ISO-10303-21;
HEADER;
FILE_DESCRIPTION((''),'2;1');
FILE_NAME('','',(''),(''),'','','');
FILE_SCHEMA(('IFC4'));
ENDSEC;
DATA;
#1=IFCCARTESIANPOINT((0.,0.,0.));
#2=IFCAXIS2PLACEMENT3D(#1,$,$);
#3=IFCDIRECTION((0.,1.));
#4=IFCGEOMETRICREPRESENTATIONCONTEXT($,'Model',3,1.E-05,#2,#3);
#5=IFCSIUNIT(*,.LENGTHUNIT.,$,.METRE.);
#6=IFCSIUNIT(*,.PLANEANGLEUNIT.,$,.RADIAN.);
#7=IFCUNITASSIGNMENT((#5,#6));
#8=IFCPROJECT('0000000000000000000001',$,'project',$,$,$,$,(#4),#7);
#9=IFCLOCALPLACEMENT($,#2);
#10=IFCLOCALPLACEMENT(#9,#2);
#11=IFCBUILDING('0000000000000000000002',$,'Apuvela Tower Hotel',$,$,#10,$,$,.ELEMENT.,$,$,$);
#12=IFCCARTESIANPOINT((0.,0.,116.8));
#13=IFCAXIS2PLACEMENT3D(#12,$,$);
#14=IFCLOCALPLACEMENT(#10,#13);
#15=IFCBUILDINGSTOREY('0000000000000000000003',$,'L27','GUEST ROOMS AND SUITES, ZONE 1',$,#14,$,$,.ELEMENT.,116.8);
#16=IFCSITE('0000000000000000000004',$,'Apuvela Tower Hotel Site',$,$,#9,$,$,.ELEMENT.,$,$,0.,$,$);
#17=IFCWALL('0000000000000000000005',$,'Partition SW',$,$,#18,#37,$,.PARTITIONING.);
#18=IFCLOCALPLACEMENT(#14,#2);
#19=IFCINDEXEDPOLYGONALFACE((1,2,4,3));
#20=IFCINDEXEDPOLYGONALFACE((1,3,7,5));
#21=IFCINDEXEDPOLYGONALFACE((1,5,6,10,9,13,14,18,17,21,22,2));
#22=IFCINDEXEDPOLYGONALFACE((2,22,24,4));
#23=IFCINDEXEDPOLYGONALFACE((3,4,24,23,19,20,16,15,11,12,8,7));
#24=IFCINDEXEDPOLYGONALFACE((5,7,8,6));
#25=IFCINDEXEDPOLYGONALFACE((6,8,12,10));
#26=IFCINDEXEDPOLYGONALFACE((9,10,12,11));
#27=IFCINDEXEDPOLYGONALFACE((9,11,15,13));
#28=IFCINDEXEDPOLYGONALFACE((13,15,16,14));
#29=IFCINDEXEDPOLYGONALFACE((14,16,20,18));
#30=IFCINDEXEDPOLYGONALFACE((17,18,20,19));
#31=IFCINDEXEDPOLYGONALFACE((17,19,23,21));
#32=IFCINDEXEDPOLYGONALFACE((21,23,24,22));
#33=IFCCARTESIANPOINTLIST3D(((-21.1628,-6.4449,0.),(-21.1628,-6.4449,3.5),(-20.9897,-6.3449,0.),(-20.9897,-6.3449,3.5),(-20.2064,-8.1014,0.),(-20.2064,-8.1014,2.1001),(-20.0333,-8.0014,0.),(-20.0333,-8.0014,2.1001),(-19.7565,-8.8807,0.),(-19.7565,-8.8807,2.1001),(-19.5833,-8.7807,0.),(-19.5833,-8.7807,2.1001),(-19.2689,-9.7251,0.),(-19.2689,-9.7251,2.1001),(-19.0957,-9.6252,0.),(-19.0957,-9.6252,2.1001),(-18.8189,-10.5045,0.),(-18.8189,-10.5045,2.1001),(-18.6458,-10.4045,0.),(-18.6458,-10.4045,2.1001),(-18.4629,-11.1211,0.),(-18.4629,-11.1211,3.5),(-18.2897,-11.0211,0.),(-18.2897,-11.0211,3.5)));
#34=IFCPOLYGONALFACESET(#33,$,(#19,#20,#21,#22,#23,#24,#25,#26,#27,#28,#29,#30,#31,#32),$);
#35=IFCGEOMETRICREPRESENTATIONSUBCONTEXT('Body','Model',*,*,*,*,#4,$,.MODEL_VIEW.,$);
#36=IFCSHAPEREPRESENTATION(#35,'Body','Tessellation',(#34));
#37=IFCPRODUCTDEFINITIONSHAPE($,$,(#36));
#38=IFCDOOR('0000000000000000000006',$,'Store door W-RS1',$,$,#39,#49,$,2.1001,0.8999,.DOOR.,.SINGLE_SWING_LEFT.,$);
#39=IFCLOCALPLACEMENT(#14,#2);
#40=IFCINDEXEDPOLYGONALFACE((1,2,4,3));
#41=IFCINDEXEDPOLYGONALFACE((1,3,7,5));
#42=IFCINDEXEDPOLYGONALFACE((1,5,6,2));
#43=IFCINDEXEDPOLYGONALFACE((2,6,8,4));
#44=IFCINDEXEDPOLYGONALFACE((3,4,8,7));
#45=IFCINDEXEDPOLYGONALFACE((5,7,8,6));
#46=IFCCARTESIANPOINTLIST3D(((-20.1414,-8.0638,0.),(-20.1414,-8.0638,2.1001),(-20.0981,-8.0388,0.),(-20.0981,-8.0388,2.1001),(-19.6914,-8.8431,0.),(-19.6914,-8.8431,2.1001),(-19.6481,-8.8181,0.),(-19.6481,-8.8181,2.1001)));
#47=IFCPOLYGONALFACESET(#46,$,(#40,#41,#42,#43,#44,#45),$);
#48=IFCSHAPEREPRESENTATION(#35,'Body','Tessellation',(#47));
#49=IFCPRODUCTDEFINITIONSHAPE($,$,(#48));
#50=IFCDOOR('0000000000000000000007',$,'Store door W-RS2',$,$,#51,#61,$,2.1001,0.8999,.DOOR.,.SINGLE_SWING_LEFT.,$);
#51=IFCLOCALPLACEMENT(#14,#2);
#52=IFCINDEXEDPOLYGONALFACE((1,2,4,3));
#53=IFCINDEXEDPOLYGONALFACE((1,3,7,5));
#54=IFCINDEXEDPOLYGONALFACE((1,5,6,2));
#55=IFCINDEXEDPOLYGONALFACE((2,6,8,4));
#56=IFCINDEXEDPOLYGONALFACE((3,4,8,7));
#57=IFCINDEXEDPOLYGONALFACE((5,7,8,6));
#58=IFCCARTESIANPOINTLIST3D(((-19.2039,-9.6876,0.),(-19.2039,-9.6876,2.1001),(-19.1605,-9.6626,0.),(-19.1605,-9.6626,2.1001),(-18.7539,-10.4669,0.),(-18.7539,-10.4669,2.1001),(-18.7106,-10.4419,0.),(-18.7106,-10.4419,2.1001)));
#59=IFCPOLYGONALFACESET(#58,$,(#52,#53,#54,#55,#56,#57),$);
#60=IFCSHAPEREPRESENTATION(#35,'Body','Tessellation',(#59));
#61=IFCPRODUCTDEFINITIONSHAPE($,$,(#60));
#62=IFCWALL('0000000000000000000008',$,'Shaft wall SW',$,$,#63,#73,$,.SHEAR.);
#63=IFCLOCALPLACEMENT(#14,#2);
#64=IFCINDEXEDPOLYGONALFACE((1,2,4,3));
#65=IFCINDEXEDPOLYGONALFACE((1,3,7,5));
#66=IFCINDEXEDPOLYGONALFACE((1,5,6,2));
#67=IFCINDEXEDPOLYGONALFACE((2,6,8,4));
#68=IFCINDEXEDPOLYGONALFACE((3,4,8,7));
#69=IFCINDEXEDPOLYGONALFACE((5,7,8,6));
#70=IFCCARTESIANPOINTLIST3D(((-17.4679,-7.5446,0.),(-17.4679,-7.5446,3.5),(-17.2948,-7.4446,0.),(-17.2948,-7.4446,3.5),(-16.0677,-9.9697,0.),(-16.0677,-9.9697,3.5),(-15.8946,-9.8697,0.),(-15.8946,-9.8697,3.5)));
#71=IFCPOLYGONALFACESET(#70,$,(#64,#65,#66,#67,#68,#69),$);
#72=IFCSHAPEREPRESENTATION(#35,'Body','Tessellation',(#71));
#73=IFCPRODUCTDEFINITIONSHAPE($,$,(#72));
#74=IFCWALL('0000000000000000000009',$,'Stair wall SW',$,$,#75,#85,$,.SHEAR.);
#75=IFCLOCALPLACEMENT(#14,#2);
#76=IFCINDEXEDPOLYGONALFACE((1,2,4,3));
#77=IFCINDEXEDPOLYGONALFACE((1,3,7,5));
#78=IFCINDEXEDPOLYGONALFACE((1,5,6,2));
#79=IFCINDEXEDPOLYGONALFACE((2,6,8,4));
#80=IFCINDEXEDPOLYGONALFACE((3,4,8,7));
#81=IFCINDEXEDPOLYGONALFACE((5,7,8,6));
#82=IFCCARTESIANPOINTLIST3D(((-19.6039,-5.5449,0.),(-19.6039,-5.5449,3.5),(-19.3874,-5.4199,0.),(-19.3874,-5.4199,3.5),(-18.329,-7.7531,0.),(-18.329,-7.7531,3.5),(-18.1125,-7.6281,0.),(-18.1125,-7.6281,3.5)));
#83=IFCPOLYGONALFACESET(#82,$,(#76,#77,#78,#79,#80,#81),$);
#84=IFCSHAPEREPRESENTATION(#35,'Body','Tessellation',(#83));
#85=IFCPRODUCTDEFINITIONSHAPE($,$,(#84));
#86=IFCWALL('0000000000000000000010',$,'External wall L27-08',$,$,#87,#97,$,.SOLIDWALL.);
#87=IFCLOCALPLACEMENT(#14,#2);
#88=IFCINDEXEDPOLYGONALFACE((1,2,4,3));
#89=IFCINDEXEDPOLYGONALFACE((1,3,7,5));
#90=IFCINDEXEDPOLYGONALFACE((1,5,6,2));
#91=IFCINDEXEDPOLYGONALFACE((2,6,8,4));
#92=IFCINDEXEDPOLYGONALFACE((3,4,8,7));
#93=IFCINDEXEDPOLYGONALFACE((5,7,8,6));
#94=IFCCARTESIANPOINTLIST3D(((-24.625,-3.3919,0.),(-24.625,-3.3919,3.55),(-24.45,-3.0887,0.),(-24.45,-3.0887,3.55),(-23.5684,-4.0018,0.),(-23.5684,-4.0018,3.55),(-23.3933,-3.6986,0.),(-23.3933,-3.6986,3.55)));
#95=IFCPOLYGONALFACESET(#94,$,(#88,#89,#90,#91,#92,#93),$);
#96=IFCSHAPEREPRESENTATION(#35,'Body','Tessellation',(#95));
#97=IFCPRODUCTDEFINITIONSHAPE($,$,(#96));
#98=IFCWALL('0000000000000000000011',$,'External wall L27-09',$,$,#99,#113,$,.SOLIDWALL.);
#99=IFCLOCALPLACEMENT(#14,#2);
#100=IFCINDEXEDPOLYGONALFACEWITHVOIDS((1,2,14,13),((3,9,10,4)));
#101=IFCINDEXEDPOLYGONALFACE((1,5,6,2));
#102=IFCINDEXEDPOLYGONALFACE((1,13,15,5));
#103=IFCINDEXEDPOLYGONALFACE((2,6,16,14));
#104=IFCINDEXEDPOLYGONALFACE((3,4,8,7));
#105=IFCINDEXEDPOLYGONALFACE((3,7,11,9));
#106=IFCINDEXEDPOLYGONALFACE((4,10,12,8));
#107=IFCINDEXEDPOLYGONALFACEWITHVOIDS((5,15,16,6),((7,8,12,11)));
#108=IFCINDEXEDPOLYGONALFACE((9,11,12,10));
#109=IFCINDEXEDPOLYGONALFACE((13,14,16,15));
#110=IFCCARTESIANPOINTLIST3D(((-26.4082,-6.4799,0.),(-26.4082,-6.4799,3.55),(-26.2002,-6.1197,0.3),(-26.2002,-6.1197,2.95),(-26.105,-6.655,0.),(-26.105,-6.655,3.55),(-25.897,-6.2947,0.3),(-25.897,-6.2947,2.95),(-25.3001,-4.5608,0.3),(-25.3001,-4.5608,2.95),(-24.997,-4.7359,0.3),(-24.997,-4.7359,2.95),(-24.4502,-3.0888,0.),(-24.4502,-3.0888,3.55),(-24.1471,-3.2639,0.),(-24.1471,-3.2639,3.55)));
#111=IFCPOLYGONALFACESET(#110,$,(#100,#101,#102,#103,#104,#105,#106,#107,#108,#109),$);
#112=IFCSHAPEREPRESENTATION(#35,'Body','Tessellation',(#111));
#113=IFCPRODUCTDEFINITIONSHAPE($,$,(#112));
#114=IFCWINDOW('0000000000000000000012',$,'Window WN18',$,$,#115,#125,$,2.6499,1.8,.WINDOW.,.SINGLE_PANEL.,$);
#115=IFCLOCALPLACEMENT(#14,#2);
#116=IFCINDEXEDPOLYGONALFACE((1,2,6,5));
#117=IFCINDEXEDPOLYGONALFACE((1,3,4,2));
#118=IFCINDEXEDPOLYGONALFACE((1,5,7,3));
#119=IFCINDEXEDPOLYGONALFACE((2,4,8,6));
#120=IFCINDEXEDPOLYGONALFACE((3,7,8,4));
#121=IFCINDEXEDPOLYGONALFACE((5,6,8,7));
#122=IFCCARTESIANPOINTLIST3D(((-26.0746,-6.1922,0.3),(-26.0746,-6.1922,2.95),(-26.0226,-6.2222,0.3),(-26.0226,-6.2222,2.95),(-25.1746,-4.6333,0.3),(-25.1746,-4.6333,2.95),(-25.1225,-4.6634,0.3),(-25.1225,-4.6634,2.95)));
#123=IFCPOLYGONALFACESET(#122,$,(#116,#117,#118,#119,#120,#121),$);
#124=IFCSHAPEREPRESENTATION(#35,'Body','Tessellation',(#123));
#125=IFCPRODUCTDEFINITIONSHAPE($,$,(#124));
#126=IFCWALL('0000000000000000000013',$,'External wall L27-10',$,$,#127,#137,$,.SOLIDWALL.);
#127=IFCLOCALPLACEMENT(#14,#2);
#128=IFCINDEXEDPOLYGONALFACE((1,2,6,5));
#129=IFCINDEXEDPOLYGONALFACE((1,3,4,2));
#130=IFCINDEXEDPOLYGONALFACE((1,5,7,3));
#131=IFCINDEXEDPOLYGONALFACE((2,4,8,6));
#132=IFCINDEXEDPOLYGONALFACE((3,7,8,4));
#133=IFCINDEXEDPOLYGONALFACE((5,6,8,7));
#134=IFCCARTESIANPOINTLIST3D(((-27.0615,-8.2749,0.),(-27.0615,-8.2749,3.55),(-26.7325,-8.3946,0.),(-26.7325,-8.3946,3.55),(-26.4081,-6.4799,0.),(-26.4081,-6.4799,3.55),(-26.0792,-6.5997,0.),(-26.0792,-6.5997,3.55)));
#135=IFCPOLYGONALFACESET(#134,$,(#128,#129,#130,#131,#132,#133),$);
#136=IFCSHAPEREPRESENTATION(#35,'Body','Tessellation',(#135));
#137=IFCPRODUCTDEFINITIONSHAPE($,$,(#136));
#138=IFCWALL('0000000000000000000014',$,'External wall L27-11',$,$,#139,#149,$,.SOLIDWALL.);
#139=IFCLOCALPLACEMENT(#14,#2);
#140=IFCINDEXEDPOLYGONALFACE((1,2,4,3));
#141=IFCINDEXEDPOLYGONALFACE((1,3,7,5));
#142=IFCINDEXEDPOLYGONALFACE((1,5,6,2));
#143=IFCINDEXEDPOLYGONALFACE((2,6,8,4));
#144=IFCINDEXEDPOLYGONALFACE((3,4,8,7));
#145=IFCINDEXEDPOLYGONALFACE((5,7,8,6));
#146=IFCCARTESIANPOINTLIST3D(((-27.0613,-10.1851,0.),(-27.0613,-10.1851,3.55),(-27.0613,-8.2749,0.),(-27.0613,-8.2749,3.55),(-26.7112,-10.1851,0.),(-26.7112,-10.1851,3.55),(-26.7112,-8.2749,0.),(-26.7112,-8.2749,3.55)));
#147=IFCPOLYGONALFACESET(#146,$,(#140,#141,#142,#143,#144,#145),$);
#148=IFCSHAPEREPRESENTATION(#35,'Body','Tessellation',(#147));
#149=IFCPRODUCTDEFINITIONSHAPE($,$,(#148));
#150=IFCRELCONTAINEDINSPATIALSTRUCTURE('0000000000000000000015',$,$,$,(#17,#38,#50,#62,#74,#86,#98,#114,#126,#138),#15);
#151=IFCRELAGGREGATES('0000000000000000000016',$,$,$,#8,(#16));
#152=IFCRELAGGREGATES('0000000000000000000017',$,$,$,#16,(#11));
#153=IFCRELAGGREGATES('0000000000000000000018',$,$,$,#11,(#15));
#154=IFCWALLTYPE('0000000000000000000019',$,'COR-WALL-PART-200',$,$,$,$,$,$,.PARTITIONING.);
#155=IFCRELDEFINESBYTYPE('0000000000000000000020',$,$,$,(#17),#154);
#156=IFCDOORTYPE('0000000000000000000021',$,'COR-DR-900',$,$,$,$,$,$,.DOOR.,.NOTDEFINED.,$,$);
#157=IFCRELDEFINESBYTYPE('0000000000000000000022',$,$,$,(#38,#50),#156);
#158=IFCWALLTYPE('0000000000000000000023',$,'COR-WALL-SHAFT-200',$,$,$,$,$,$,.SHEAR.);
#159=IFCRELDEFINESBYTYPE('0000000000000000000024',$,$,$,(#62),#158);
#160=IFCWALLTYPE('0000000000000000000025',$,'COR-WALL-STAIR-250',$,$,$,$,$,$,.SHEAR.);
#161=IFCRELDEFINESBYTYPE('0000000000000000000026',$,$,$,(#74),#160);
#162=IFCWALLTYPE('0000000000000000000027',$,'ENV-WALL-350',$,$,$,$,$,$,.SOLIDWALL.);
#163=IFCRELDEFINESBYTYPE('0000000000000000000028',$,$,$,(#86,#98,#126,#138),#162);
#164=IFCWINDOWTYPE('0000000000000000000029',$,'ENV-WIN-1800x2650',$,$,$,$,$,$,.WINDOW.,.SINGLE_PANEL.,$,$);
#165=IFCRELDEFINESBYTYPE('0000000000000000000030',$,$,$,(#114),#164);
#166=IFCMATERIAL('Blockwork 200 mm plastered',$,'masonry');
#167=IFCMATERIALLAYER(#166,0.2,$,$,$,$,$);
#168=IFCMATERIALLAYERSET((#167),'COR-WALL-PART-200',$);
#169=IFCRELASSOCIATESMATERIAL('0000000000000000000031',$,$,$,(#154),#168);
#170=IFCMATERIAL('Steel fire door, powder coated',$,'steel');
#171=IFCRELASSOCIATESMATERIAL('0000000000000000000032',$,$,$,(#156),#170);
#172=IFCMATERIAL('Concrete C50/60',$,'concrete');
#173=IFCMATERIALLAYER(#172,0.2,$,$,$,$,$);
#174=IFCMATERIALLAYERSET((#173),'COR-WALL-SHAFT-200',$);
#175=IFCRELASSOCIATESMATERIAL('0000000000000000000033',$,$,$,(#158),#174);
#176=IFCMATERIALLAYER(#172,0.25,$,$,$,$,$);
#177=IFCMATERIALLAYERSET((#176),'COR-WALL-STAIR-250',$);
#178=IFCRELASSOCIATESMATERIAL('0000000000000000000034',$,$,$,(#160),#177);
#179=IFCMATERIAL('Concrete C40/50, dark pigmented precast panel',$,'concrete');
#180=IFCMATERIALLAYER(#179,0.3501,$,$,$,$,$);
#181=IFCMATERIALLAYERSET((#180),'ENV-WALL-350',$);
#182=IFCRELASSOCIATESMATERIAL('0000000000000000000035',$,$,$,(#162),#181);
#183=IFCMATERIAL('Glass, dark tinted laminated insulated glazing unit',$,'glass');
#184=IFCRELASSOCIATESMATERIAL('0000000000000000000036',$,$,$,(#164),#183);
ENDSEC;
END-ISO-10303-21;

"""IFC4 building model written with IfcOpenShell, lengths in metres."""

from ifc_helpers import new_model, si_unit, direction, frame, frame_2d, origin, place, context, subcontext, project, spatial, rectangle, extrude, material, layer, layer_set, type_object, element, fill, save


model = new_model("IFC4")

# Units and contexts
model_context = context("Model", 3, precision=1e-05, world=origin(), true_north=direction((0.0, 1.0)))
body_context = subcontext(model_context, "Body", "Model", "MODEL_VIEW")
ifc_project = project(units=[si_unit("LENGTHUNIT", "METRE"), si_unit("PLANEANGLEUNIT", "RADIAN")], contexts=[model_context])

# Site, building, storey
site_placement = place(None, origin())
site = spatial("IfcSite", under=ifc_project, at=site_placement, Name="Apuvela Tower Hotel Site", CompositionType="ELEMENT", RefElevation=0.0)
building_placement = place(site_placement, origin())
building = spatial("IfcBuilding", under=site, at=building_placement, Name="Apuvela Tower Hotel", CompositionType="ELEMENT")
storey_placement = place(building_placement, frame((0.0, 0.0, 116.8)))
storey = spatial("IfcBuildingStorey", under=building, at=storey_placement, Name="L27", Description="GUEST ROOMS AND SUITES, ZONE 1", CompositionType="ELEMENT", Elevation=116.8)

# Wall, openings, doors
ifc_material_1 = material(Name="Blockwork 200 mm plastered", Category="masonry")
ifc_layer_1 = layer(ifc_material_1, 0.2)
ifc_layer_set_1 = layer_set([ifc_layer_1], Name="COR-WALL-PART-200")
wall_type_1 = type_object("IfcWallType", Name="COR-WALL-PART-200", PredefinedType="PARTITIONING", material=ifc_layer_set_1)
wall_1_placement = place(storey_placement, frame((-21.0762, -6.395, 0.0), z_axis=(0.0, 0.0, 1.0), x_axis=(0.500015, -0.866017, 0.0)))
wall_1 = element("IfcWall", 1, at=wall_1_placement, inside=storey, type_object=wall_type_1, Name="Partition SW", PredefinedType="PARTITIONING", context=body_context, shape_type="SweptSolid", body=[
    extrude(rectangle(XDim=5.3997, YDim=0.2, at=frame_2d((2.6997, 0.0))), origin(), (0.0, 0.0, 1.0), 3.5),
])
opening_1_placement = place(wall_1_placement, frame((1.9126, 0.0, 0.0)))
opening_1 = element("IfcOpeningElement", 2, at=opening_1_placement, cuts=wall_1, PredefinedType="OPENING", context=body_context, shape_type="SweptSolid", body=[
    extrude(rectangle(XDim=0.8999, YDim=2.1001, at=frame_2d((0.45, 1.05))), frame((0.0, 0.1099, 0.0), z_axis=(0.0, -1.0, 0.0), x_axis=(1.0, 0.0, 0.0)), (0.0, 0.0, 1.0), 0.22),
])
opening_2_placement = place(wall_1_placement, frame((3.7876, 0.0, 0.0)))
opening_2 = element("IfcOpeningElement", 3, at=opening_2_placement, cuts=wall_1, PredefinedType="OPENING", context=body_context, shape_type="SweptSolid", body=[
    extrude(rectangle(XDim=0.8999, YDim=2.1001, at=frame_2d((0.45, 1.05))), frame((0.0, 0.1099, 0.0), z_axis=(0.0, -1.0, 0.0), x_axis=(1.0, 0.0, 0.0)), (0.0, 0.0, 1.0), 0.22),
])
ifc_material_2 = material(Name="Steel fire door, powder coated", Category="steel")
door_type_1 = type_object("IfcDoorType", Name="COR-DR-900", OperationType="NOTDEFINED", PredefinedType="DOOR", material=ifc_material_2)
door_1_placement = place(opening_1_placement, frame((0.8999, 0.0, 0.0), z_axis=(0.0, 0.0, 1.0), x_axis=(-1.0, 0.0, 0.0)))
door_1 = element("IfcDoor", 4, at=door_1_placement, inside=storey, type_object=door_type_1, Name="Store door W-RS1", OperationType="SINGLE_SWING_LEFT", OverallHeight=2.1001, OverallWidth=0.8999, PredefinedType="DOOR", context=body_context, shape_type="SweptSolid", body=[
    extrude(rectangle(XDim=0.8999, YDim=2.1001, at=frame_2d((0.45, 1.05))), frame((0.0, 0.0249, 0.0), z_axis=(0.0, -1.0, 0.0), x_axis=(1.0, 0.0, 0.0)), (0.0, 0.0, 1.0), 0.05),
])
fill(opening_1, door_1)
door_2_placement = place(opening_2_placement, frame((0.8999, 0.0, 0.0), z_axis=(0.0, 0.0, 1.0), x_axis=(-1.0, 0.0, 0.0)))
door_2 = element("IfcDoor", 5, at=door_2_placement, inside=storey, type_object=door_type_1, Name="Store door W-RS2", OperationType="SINGLE_SWING_LEFT", OverallHeight=2.1001, OverallWidth=0.8999, PredefinedType="DOOR", context=body_context, shape_type="SweptSolid", body=[
    extrude(rectangle(XDim=0.8999, YDim=2.1001, at=frame_2d((0.45, 1.05))), frame((0.0, 0.0249, 0.0), z_axis=(0.0, -1.0, 0.0), x_axis=(1.0, 0.0, 0.0)), (0.0, 0.0, 1.0), 0.05),
])
fill(opening_2, door_2)

# Walls
ifc_material_3 = material(Name="Concrete C50/60", Category="concrete")
ifc_layer_2 = layer(ifc_material_3, 0.2)
ifc_layer_set_2 = layer_set([ifc_layer_2], Name="COR-WALL-SHAFT-200")
wall_type_2 = type_object("IfcWallType", Name="COR-WALL-SHAFT-200", PredefinedType="SHEAR", material=ifc_layer_set_2)
wall_2_placement = place(storey_placement, frame((-17.3813, -7.4946, 0.0), z_axis=(0.0, 0.0, 1.0), x_axis=(0.500012, -0.866019, 0.0)))
element("IfcWall", 6, at=wall_2_placement, inside=storey, type_object=wall_type_2, Name="Shaft wall SW", PredefinedType="SHEAR", context=body_context, shape_type="SweptSolid", body=[
    extrude(rectangle(XDim=2.8003, YDim=0.2, at=frame_2d((1.4001, 0.0))), origin(), (0.0, 0.0, 1.0), 3.5),
])
ifc_layer_3 = layer(ifc_material_3, 0.25)
ifc_layer_set_3 = layer_set([ifc_layer_3], Name="COR-WALL-STAIR-250")
wall_type_3 = type_object("IfcWallType", Name="COR-WALL-STAIR-250", PredefinedType="SHEAR", material=ifc_layer_set_3)
wall_3_placement = place(storey_placement, frame((-19.4956, -5.4824, 0.0), z_axis=(0.0, 0.0, 1.0), x_axis=(0.49999, -0.866031, 0.0)))
element("IfcWall", 7, at=wall_3_placement, inside=storey, type_object=wall_type_3, Name="Stair wall SW", PredefinedType="SHEAR", context=body_context, shape_type="SweptSolid", body=[
    extrude(rectangle(XDim=2.5498, YDim=0.25, at=frame_2d((1.2749, 0.0))), origin(), (0.0, 0.0, 1.0), 3.5),
])
ifc_material_4 = material(Name="Concrete C40/50, dark pigmented precast panel", Category="concrete")
ifc_layer_4 = layer(ifc_material_4, 0.3501)
ifc_layer_set_4 = layer_set([ifc_layer_4], Name="ENV-WALL-350")
wall_type_4 = type_object("IfcWallType", Name="ENV-WALL-350", PredefinedType="SOLIDWALL", material=ifc_layer_set_4)
wall_4_placement = place(storey_placement, frame((-23.481, -3.8501, 0.0), z_axis=(0.0, 0.0, 1.0), x_axis=(-0.866092, 0.499884, 0.0)))
element("IfcWall", 8, at=wall_4_placement, inside=storey, type_object=wall_type_4, Name="External wall L27-08", PredefinedType="SOLIDWALL", context=body_context, shape_type="SweptSolid", body=[
    extrude(rectangle(XDim=1.22, YDim=0.3501, at=frame_2d((0.6099, 0.0))), origin(), (0.0, 0.0, 1.0), 3.55),
])

# Wall, opening, window
wall_5_placement = place(storey_placement, frame((-24.2986, -3.1763, 0.0), z_axis=(0.0, 0.0, 1.0), x_axis=(-0.500028, -0.866009, 0.0)))
wall_5 = element("IfcWall", 9, at=wall_5_placement, inside=storey, type_object=wall_type_4, Name="External wall L27-09", PredefinedType="SOLIDWALL", context=body_context, shape_type="SweptSolid", body=[
    extrude(rectangle(XDim=3.9158, YDim=0.3501, at=frame_2d((1.958, 0.0))), origin(), (0.0, 0.0, 1.0), 3.55),
])
opening_3_placement = place(wall_5_placement, frame((1.7, 0.0, 0.3)))
opening_3 = element("IfcOpeningElement", 10, at=opening_3_placement, cuts=wall_5, PredefinedType="OPENING", context=body_context, shape_type="SweptSolid", body=[
    extrude(rectangle(XDim=1.8, YDim=2.6499, at=frame_2d((0.8999, 1.325))), frame((0.0, 0.1851, 0.0), z_axis=(0.0, -1.0, 0.0), x_axis=(1.0, 0.0, 0.0)), (0.0, 0.0, 1.0), 0.3701),
])
ifc_material_5 = material(Name="Glass, dark tinted laminated insulated glazing unit", Category="glass")
window_type = type_object("IfcWindowType", Name="ENV-WIN-1800x2650", PartitioningType="SINGLE_PANEL", PredefinedType="WINDOW", material=ifc_material_5)
window_placement = place(opening_3_placement, origin())
window = element("IfcWindow", 11, at=window_placement, inside=storey, type_object=window_type, Name="Window WN18", OverallHeight=2.6499, OverallWidth=1.8, PartitioningType="SINGLE_PANEL", PredefinedType="WINDOW", context=body_context, shape_type="SweptSolid", body=[
    extrude(rectangle(XDim=1.8, YDim=2.6499, at=frame_2d((0.8999, 1.325))), frame((0.0, 0.03, 0.0), z_axis=(0.0, -1.0, 0.0), x_axis=(1.0, 0.0, 0.0)), (0.0, 0.0, 1.0), 0.0601),
])
fill(opening_3, window)

# Walls
for number, where, z_axis, x_axis, name in (
    (12, (-26.2437, -6.5398, 0.0), (0.0, 0.0, 1.0), (-0.34203, -0.939689, 0.0), "External wall L27-10"),
    (13, (-26.8862, -8.2749, 0.0), (0.0, 0.0, 1.0), (0.0, -1.0, 0.0), "External wall L27-11"),
):
    element("IfcWall", number, at=place(storey_placement, frame(where, z_axis=z_axis, x_axis=x_axis)), inside=storey, type_object=wall_type_4, Name=name, PredefinedType="SOLIDWALL", context=body_context, shape_type="SweptSolid", body=[
        extrude(rectangle(XDim=1.9102, YDim=0.3501, at=frame_2d((0.9551, 0.0))), origin(), (0.0, 0.0, 1.0), 3.55),
    ])

save(model, "model.ifc")
